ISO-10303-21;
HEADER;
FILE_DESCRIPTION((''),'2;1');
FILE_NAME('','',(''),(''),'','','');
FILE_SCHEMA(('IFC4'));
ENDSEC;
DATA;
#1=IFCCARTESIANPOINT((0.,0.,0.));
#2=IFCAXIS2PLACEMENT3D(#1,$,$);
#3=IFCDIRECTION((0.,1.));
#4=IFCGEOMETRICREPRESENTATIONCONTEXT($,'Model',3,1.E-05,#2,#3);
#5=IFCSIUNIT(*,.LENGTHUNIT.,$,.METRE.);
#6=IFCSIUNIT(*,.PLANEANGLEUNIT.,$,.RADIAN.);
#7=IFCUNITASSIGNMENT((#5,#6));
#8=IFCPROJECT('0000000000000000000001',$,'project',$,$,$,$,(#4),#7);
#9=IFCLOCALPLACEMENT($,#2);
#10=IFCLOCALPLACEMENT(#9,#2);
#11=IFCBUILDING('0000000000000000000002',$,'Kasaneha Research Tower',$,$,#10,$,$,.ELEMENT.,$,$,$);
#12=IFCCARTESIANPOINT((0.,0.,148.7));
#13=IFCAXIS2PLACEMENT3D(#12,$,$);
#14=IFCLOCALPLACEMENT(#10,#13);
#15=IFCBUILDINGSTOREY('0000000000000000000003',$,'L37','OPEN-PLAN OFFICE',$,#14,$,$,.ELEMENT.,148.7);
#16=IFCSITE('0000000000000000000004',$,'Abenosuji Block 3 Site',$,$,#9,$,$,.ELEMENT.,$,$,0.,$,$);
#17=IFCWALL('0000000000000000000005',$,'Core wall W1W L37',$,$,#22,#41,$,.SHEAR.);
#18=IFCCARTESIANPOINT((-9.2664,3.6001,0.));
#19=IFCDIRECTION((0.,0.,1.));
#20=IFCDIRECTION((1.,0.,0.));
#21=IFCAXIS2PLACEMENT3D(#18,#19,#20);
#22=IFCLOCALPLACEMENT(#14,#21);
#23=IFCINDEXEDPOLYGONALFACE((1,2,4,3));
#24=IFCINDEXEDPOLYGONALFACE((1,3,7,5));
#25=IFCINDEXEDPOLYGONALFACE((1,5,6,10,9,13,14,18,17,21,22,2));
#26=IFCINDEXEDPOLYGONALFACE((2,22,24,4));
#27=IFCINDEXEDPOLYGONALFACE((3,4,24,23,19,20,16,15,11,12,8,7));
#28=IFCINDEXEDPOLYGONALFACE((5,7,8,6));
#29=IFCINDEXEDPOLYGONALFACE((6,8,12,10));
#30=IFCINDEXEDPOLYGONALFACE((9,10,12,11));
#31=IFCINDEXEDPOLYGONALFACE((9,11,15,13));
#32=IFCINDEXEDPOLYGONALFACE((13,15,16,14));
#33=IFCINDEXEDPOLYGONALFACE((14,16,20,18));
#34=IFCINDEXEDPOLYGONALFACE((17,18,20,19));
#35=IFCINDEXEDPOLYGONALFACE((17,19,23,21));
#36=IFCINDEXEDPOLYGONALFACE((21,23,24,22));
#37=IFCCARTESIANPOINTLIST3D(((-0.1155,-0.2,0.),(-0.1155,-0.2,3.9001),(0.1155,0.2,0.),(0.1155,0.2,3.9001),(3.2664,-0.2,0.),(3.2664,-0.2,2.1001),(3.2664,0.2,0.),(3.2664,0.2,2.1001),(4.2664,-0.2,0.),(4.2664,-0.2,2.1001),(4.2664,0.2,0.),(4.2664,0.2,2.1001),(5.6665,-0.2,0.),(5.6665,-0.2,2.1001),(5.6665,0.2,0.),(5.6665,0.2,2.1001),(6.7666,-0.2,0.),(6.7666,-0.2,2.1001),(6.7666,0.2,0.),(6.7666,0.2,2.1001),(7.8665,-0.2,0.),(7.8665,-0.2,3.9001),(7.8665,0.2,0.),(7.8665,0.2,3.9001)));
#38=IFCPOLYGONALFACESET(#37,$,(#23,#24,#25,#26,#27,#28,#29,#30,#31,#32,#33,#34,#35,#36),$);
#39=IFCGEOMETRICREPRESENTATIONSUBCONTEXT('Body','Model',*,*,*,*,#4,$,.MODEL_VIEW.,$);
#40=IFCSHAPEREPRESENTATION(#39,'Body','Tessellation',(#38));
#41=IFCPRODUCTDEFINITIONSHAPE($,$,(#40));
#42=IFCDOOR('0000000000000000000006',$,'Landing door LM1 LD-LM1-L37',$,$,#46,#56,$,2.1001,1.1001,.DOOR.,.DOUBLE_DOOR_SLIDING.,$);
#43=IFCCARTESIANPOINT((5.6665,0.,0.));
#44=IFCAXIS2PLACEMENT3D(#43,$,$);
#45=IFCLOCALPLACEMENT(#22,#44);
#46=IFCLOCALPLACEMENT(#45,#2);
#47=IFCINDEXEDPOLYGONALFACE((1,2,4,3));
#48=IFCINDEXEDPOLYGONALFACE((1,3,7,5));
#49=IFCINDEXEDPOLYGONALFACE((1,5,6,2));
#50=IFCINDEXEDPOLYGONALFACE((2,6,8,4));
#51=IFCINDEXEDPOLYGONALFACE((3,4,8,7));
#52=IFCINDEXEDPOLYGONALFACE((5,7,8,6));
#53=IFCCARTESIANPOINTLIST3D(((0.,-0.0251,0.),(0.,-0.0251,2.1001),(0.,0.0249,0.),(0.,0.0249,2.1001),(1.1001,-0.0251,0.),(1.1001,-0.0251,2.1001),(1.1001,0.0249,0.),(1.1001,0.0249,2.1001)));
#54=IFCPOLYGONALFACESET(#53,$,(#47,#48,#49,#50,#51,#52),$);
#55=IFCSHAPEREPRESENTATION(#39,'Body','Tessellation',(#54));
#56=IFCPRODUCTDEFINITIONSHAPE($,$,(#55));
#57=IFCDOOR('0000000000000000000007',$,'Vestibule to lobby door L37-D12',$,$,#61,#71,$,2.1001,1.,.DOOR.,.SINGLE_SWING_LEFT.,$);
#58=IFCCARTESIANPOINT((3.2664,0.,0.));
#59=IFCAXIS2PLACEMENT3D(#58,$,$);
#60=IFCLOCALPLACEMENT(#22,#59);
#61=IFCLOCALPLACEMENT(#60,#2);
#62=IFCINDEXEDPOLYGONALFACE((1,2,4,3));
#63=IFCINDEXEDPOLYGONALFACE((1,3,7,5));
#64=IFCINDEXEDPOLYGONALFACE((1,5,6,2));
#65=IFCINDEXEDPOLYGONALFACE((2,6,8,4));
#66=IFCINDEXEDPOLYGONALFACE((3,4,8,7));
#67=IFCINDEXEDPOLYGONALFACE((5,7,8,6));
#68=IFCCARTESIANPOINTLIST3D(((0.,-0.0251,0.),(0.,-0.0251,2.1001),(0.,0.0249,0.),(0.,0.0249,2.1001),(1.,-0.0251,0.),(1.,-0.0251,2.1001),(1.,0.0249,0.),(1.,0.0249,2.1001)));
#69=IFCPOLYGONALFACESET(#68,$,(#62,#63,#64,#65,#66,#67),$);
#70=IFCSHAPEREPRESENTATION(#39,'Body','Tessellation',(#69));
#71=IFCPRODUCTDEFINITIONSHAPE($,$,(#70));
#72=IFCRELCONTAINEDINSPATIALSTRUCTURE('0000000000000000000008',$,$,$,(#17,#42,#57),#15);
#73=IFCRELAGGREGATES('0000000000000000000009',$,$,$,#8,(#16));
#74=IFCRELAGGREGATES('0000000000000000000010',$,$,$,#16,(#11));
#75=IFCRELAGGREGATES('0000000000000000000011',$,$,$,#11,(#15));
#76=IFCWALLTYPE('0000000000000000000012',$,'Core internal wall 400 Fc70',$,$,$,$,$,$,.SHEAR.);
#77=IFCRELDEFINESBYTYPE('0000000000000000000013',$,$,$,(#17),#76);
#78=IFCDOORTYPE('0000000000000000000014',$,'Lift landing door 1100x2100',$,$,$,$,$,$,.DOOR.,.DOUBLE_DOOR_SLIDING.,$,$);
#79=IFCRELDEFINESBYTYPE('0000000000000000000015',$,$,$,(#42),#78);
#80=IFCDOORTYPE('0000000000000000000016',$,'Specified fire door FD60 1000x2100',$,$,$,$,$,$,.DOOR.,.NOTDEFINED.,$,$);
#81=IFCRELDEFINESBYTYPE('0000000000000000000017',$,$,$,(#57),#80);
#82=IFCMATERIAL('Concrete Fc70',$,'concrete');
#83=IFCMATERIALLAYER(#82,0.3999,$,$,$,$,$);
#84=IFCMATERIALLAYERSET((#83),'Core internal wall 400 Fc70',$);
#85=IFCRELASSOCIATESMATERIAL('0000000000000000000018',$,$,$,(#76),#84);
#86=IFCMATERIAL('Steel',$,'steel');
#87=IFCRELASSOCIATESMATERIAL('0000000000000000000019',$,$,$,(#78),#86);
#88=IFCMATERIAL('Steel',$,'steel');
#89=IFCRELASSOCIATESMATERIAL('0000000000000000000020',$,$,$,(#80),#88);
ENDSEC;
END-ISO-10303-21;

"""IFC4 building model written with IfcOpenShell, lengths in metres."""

from ifc_helpers import new_model, si_unit, direction, frame, frame_2d, origin, place, context, subcontext, project, spatial, polyline, rectangle, outline, extrude, material, layer, layer_set, type_object, element, fill, save


model = new_model("IFC4")

# Units and contexts
model_context = context("Model", 3, precision=1e-05, world=origin(), true_north=direction((0.0, 1.0)))
body_context = subcontext(model_context, "Body", "Model", "MODEL_VIEW")
ifc_project = project(units=[si_unit("LENGTHUNIT", "METRE"), si_unit("PLANEANGLEUNIT", "RADIAN")], contexts=[model_context])

# Site, building, storey
site_placement = place(None, origin())
site = spatial("IfcSite", under=ifc_project, at=site_placement, Name="Abenosuji Block 3 Site", CompositionType="ELEMENT", RefElevation=0.0)
building_placement = place(site_placement, origin())
building = spatial("IfcBuilding", under=site, at=building_placement, Name="Kasaneha Research Tower", CompositionType="ELEMENT")
storey_placement = place(building_placement, frame((0.0, 0.0, 148.7)))
storey = spatial("IfcBuildingStorey", under=building, at=storey_placement, Name="L37", Description="OPEN-PLAN OFFICE", CompositionType="ELEMENT", Elevation=148.7)

# Wall, openings, doors
ifc_material_1 = material(Name="Concrete Fc70", Category="concrete")
ifc_layer_1 = layer(ifc_material_1, 0.3999)
ifc_layer_set_1 = layer_set([ifc_layer_1], Name="Core internal wall 400 Fc70")
wall_type_1 = type_object("IfcWallType", Name="Core internal wall 400 Fc70", PredefinedType="SHEAR", material=ifc_layer_set_1)
wall_1_placement = place(storey_placement, frame((-9.2664, 3.6001, 0.0), z_axis=(0.0, 0.0, 1.0), x_axis=(1.0, 0.0, 0.0)))
wall_1 = element("IfcWall", 1, at=wall_1_placement, inside=storey, type_object=wall_type_1, Name="Core wall W1W L37", PredefinedType="SHEAR", context=body_context, shape_type="SweptSolid", body=[
    extrude(outline(polyline([(-0.1155, -0.2), (3.2664, -0.2), (4.2664, -0.2), (5.6665, -0.2), (6.7666, -0.2), (7.8665, -0.2), (7.8665, 0.2), (6.7666, 0.2), (5.6665, 0.2), (4.2664, 0.2), (3.2664, 0.2), (0.1155, 0.2), (-0.1155, -0.2)])), origin(), (0.0, 0.0, 1.0), 3.9001),
])
opening_1_placement = place(wall_1_placement, frame((3.2664, 0.0, 0.0)))
opening_1 = element("IfcOpeningElement", 2, at=opening_1_placement, cuts=wall_1, PredefinedType="OPENING", context=body_context, shape_type="SweptSolid", body=[
    extrude(rectangle(XDim=1.0, YDim=2.1001, at=frame_2d((0.5, 1.05))), frame((0.0, 0.21, 0.0), z_axis=(0.0, -1.0, 0.0), x_axis=(1.0, 0.0, 0.0)), (0.0, 0.0, 1.0), 0.4199),
])
opening_2_placement = place(wall_1_placement, frame((5.6665, 0.0, 0.0)))
opening_2 = element("IfcOpeningElement", 3, at=opening_2_placement, cuts=wall_1, PredefinedType="OPENING", context=body_context, shape_type="SweptSolid", body=[
    extrude(rectangle(XDim=1.1001, YDim=2.1001, at=frame_2d((0.55, 1.05))), frame((0.0, 0.21, 0.0), z_axis=(0.0, -1.0, 0.0), x_axis=(1.0, 0.0, 0.0)), (0.0, 0.0, 1.0), 0.4199),
])
ifc_material_2 = material(Name="Steel", Category="steel")
door_type_1 = type_object("IfcDoorType", Name="Lift landing door 1100x2100", OperationType="DOUBLE_DOOR_SLIDING", PredefinedType="DOOR", material=ifc_material_2)
door_1_placement = place(opening_2_placement, origin())
door_1 = element("IfcDoor", 4, at=door_1_placement, inside=storey, type_object=door_type_1, Name="Landing door LM1 LD-LM1-L37", OperationType="DOUBLE_DOOR_SLIDING", OverallHeight=2.1001, OverallWidth=1.1001, PredefinedType="DOOR", context=body_context, shape_type="SweptSolid", body=[
    extrude(rectangle(XDim=1.1001, YDim=2.1001, at=frame_2d((0.55, 1.05))), frame((0.0, 0.0249, 0.0), z_axis=(0.0, -1.0, 0.0), x_axis=(1.0, 0.0, 0.0)), (0.0, 0.0, 1.0), 0.05),
])
fill(opening_2, door_1)
ifc_material_3 = material(Name="Steel", Category="steel")
door_type_2 = type_object("IfcDoorType", Name="Specified fire door FD60 1000x2100", OperationType="NOTDEFINED", PredefinedType="DOOR", material=ifc_material_3)
door_2_placement = place(opening_1_placement, origin())
door_2 = element("IfcDoor", 5, at=door_2_placement, inside=storey, type_object=door_type_2, Name="Vestibule to lobby door L37-D12", OperationType="SINGLE_SWING_LEFT", OverallHeight=2.1001, OverallWidth=1.0, PredefinedType="DOOR", context=body_context, shape_type="SweptSolid", body=[
    extrude(rectangle(XDim=1.0, YDim=2.1001, at=frame_2d((0.5, 1.05))), frame((0.0, 0.0249, 0.0), z_axis=(0.0, -1.0, 0.0), x_axis=(1.0, 0.0, 0.0)), (0.0, 0.0, 1.0), 0.05),
])
fill(opening_1, door_2)

save(model, "model.ifc")
